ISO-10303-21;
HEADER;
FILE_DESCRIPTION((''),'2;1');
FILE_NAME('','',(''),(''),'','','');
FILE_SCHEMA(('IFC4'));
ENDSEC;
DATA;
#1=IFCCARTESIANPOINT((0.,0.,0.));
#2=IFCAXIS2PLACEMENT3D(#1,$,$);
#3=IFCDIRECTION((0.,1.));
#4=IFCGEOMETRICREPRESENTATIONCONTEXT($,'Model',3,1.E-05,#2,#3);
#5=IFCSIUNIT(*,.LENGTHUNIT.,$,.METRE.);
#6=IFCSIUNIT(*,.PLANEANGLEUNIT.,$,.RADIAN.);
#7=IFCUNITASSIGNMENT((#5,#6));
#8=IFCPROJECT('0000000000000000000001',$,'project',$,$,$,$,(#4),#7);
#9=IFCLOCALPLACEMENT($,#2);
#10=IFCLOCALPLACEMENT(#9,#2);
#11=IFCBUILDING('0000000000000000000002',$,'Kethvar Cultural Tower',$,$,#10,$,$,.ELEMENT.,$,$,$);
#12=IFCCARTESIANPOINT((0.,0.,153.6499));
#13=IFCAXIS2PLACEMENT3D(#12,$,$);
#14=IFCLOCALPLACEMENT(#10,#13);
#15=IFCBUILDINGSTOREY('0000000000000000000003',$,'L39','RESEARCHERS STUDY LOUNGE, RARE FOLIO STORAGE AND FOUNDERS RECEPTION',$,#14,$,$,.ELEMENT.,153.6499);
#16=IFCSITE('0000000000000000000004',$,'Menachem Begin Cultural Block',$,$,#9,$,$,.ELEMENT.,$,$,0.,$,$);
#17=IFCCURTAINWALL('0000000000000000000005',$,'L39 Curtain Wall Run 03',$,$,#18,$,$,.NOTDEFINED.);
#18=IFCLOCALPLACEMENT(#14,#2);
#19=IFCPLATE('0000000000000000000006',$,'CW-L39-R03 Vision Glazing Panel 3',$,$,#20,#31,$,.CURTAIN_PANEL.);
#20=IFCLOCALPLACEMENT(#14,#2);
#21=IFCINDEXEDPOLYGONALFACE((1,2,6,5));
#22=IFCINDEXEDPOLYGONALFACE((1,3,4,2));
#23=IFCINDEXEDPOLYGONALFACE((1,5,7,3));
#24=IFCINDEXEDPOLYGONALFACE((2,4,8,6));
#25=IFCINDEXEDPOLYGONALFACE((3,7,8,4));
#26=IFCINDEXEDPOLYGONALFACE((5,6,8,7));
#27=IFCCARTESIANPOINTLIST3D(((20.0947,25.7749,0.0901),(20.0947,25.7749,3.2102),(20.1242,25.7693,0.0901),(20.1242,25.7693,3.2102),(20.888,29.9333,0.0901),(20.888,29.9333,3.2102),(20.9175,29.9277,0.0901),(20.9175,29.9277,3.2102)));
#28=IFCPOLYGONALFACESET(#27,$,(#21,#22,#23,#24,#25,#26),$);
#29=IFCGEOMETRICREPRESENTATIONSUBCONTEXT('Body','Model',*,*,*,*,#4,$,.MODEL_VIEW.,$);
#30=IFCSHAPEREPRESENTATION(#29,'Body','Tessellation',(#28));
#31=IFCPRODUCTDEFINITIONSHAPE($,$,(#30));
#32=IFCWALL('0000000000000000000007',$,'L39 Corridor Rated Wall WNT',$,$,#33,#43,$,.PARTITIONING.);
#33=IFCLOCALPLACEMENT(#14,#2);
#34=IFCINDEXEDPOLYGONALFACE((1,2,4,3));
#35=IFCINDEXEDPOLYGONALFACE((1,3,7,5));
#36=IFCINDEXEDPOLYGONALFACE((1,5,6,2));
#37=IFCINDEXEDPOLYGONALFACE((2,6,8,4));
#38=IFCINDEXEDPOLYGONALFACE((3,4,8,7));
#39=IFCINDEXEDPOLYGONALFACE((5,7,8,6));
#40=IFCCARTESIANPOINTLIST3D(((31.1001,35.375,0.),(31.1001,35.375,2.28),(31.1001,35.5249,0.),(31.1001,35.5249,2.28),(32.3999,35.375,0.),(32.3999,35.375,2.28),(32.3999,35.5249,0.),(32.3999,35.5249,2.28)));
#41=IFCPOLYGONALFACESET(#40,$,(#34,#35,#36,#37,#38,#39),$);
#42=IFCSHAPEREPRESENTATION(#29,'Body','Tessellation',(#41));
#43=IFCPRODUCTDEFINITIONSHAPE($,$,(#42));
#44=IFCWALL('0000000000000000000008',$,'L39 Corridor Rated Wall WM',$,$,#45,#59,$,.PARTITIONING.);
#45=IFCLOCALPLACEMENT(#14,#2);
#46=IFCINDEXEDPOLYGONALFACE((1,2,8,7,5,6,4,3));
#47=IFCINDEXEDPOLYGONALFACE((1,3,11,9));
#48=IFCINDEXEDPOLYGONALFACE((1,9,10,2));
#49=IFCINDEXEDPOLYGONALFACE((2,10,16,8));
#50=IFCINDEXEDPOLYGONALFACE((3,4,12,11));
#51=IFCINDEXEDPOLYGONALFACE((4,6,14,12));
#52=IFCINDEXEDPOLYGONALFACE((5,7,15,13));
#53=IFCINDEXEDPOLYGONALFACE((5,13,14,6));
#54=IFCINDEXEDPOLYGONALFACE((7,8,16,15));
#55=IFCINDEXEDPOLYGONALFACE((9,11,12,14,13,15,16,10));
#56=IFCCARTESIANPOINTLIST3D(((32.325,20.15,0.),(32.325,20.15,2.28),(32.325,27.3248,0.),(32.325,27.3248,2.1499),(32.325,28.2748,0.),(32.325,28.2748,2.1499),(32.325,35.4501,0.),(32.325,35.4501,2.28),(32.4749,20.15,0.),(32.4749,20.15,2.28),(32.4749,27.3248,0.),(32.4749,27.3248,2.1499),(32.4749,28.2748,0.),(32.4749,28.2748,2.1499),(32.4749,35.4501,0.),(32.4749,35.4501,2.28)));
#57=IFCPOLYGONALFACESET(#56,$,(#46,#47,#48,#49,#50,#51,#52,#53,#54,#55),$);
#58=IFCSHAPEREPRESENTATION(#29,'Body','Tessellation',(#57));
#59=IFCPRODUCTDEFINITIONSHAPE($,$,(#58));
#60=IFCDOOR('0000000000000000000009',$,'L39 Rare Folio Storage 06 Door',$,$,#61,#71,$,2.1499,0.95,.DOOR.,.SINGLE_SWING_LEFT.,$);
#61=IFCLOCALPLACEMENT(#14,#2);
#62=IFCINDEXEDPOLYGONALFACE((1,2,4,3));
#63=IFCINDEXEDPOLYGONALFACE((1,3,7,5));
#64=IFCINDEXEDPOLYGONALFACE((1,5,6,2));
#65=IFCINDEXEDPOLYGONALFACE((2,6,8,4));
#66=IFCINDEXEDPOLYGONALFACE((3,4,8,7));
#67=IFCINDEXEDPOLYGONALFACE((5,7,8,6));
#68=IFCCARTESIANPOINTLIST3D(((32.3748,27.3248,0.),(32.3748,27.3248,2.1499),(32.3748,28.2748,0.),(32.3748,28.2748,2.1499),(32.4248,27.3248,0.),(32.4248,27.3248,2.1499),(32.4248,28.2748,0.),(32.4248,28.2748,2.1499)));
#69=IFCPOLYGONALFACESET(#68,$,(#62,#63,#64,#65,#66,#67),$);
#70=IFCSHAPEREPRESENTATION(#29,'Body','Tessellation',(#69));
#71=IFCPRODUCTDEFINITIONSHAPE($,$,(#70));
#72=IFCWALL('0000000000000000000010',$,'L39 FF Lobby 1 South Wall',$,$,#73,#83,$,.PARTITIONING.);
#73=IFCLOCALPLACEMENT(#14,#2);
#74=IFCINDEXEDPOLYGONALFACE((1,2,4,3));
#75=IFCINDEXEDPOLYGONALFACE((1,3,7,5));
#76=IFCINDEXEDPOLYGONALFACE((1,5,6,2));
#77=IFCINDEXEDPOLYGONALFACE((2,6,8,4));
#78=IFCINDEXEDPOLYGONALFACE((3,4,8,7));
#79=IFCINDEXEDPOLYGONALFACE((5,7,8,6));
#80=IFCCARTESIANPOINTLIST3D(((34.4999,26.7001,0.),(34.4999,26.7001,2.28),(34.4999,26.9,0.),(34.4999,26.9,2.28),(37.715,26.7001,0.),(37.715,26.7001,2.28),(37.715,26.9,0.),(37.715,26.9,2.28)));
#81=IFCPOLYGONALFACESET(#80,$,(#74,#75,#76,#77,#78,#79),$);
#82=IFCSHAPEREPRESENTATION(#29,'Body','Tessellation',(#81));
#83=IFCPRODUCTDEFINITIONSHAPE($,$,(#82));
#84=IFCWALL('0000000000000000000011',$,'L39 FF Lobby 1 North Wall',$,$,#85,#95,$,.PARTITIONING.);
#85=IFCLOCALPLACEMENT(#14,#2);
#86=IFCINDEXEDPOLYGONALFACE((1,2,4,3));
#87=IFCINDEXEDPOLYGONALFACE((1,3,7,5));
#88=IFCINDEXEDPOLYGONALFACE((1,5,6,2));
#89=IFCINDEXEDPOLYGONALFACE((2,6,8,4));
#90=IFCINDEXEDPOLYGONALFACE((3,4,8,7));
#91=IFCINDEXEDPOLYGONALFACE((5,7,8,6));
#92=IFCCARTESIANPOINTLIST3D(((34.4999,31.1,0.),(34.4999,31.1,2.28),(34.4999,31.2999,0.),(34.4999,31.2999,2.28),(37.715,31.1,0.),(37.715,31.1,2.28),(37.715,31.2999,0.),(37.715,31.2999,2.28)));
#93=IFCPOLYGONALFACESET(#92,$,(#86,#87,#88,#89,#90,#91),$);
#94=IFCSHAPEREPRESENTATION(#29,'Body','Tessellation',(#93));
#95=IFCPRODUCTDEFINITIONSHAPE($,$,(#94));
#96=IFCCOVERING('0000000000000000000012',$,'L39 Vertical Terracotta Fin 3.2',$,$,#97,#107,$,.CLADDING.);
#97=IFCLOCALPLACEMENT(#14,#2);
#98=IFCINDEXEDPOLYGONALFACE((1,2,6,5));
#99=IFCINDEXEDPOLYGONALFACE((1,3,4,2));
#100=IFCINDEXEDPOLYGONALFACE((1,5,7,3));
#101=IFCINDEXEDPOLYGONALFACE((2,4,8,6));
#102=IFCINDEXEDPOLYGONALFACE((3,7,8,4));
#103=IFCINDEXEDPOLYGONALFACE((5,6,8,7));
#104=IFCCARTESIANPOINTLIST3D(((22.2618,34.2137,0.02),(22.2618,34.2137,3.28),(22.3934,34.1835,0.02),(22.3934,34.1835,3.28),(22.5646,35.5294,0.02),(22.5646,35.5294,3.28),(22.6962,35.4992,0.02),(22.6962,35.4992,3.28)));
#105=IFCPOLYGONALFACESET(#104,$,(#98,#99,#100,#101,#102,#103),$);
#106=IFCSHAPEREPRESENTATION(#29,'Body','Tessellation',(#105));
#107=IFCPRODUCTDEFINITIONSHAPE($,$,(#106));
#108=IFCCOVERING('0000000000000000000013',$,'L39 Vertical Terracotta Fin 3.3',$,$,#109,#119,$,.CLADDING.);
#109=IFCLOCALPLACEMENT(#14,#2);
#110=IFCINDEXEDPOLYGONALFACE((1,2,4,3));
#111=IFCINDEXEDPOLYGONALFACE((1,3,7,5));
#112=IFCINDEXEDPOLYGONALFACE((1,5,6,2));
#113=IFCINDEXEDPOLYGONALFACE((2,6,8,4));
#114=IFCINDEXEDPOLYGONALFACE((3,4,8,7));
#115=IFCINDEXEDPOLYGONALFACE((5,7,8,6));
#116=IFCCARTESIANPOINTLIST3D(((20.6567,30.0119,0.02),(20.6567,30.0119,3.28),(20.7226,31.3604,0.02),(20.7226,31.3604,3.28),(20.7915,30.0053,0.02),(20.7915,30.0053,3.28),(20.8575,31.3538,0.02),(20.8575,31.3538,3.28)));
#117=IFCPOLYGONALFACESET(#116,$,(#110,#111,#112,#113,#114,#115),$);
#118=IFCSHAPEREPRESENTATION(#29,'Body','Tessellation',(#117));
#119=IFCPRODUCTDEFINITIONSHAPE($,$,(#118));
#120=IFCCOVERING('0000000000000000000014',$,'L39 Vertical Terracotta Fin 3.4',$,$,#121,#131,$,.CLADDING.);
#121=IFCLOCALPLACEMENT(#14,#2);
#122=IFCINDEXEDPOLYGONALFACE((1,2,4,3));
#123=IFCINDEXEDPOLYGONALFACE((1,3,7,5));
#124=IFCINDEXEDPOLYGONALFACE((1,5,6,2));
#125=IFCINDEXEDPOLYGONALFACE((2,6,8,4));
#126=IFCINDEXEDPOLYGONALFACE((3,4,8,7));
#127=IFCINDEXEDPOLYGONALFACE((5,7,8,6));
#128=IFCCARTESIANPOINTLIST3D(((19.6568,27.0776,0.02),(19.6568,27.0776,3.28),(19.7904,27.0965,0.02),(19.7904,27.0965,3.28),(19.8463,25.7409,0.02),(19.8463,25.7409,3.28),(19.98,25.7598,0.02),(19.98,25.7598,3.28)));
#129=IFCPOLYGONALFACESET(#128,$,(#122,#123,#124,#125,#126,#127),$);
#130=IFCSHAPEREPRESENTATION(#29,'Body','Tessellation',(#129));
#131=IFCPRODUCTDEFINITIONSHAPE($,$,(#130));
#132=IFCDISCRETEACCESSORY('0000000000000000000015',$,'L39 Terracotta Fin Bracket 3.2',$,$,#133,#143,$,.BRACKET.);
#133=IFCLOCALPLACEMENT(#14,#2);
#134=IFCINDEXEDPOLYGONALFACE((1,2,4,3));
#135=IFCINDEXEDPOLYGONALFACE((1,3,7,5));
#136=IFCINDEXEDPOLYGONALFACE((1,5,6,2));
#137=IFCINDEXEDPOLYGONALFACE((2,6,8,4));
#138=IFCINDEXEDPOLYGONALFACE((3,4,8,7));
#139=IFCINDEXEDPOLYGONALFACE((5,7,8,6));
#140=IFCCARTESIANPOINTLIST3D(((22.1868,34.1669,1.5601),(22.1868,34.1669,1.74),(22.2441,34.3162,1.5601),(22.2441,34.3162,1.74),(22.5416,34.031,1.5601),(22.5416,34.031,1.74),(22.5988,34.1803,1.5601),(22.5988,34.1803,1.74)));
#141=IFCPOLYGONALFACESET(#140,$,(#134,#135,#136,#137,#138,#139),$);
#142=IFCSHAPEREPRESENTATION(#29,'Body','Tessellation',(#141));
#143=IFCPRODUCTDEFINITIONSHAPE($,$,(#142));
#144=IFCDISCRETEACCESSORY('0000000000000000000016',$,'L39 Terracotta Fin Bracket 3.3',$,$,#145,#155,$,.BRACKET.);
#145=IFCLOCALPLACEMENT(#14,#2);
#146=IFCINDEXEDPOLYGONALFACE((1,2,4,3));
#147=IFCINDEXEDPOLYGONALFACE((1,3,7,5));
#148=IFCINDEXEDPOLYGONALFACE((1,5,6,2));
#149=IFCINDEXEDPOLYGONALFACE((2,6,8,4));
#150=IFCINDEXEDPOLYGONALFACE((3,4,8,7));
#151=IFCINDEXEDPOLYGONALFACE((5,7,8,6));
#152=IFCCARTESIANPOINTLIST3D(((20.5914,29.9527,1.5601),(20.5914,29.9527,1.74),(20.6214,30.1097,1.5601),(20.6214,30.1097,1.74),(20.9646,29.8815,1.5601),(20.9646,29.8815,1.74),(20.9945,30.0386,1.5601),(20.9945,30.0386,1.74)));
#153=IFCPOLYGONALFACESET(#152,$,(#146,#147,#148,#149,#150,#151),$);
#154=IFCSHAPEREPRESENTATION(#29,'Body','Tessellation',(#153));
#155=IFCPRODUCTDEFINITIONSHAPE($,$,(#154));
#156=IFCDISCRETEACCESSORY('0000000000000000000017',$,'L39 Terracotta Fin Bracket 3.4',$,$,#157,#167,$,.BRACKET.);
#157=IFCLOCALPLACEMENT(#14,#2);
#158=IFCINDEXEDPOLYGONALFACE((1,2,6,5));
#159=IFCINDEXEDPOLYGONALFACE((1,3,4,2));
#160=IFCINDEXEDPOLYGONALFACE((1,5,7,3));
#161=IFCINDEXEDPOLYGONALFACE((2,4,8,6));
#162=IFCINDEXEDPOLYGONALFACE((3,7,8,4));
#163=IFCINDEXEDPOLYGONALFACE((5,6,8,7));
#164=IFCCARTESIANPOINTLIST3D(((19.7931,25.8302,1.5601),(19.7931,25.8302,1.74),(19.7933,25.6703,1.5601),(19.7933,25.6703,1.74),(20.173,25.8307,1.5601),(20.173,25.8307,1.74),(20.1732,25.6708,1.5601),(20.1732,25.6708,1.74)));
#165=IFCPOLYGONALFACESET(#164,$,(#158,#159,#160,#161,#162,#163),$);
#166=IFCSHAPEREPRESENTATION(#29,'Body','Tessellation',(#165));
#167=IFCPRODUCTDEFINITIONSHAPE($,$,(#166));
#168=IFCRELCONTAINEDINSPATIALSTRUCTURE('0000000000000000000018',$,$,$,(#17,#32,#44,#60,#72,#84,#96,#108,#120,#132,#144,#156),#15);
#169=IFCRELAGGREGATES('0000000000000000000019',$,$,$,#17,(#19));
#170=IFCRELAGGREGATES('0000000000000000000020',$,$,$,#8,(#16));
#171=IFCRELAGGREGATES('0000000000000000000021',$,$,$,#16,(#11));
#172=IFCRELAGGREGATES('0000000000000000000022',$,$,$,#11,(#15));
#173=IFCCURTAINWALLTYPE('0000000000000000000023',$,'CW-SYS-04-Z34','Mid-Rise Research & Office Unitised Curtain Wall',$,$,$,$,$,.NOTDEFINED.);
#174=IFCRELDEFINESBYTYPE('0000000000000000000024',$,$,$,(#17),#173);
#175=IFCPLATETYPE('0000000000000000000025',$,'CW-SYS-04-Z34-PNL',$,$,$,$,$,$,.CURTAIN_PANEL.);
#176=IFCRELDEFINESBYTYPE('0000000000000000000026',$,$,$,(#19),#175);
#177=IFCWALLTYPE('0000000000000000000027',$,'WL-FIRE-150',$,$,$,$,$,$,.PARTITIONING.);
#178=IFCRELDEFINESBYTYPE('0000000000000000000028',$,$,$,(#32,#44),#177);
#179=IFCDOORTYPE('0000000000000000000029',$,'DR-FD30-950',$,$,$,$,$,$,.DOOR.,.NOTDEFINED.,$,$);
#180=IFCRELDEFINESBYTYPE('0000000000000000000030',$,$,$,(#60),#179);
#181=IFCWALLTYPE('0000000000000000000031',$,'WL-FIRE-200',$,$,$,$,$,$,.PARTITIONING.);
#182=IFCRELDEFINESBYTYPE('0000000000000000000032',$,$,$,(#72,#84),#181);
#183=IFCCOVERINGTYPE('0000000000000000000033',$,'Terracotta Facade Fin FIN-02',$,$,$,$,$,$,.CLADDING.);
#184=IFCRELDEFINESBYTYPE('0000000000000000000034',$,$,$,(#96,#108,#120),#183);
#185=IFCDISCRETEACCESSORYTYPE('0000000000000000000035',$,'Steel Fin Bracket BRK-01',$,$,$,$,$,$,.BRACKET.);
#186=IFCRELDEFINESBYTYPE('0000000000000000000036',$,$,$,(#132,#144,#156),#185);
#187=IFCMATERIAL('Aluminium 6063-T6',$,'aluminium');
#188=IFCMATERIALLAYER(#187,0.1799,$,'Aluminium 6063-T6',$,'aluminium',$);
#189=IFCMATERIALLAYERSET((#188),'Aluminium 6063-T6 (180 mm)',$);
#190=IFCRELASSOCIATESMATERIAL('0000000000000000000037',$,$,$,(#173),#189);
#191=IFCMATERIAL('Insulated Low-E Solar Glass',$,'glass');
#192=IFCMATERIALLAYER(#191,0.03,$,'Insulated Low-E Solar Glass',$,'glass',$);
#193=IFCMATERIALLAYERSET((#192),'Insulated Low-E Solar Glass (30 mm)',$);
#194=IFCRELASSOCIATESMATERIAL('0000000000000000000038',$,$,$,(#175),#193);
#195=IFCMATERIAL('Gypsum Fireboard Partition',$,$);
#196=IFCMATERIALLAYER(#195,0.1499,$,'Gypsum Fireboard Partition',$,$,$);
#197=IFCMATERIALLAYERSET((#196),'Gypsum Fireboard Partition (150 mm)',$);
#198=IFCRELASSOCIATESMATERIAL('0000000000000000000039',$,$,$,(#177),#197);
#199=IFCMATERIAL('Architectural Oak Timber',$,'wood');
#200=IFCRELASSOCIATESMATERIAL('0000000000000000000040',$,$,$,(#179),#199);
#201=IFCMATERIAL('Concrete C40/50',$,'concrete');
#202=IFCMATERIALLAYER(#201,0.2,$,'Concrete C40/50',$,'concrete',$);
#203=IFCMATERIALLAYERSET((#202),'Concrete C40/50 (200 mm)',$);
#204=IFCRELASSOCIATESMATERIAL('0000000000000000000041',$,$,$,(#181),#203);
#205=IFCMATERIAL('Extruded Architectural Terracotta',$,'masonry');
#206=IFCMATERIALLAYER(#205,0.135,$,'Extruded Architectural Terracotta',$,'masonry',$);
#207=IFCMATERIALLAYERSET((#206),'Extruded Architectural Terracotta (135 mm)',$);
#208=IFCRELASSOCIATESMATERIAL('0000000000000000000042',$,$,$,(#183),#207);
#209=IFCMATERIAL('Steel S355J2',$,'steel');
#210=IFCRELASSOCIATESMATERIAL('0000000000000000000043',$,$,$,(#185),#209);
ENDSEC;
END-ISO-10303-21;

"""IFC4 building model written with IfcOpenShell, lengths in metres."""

from ifc_helpers import new_model, si_unit, direction, frame, frame_2d, origin, origin_2d, place, context, subcontext, project, spatial, rectangle, extrude, source, transform, mapped, material, layer, layer_set, type_object, element, fill, aggregate, save


model = new_model("IFC4")

# Units and contexts
model_context = context("Model", 3, precision=1e-05, world=origin(), true_north=direction((0.0, 1.0)))
body_context = subcontext(model_context, "Body", "Model", "MODEL_VIEW")
ifc_project = project(units=[si_unit("LENGTHUNIT", "METRE"), si_unit("PLANEANGLEUNIT", "RADIAN")], contexts=[model_context])

# Site, building, storey
site_placement = place(None, origin())
site = spatial("IfcSite", under=ifc_project, at=site_placement, Name="Menachem Begin Cultural Block", CompositionType="ELEMENT", RefElevation=0.0)
building_placement = place(site_placement, origin())
building = spatial("IfcBuilding", under=site, at=building_placement, Name="Kethvar Cultural Tower", CompositionType="ELEMENT")
storey_placement = place(building_placement, frame((0.0, 0.0, 153.6499)))
storey = spatial("IfcBuildingStorey", under=building, at=storey_placement, Name="L39", Description="RESEARCHERS STUDY LOUNGE, RARE FOLIO STORAGE AND FOUNDERS RECEPTION", CompositionType="ELEMENT", Elevation=153.6499)

# Shared definitions
ifc_material_1 = material(Name="Steel S355J2", Category="steel")

# Curtain wall, plate
ifc_material_2 = material(Name="Aluminium 6063-T6", Category="aluminium")
ifc_layer_1 = layer(ifc_material_2, 0.1799, Name="Aluminium 6063-T6", Category="aluminium")
ifc_layer_set_1 = layer_set([ifc_layer_1], Name="Aluminium 6063-T6 (180 mm)")
curtain_wall_type = type_object("IfcCurtainWallType", Name="CW-SYS-04-Z34", Description="Mid-Rise Research & Office Unitised Curtain Wall", PredefinedType="NOTDEFINED", material=ifc_layer_set_1)
curtain_wall_placement = place(storey_placement, origin())
curtain_wall = element("IfcCurtainWall", 1, at=curtain_wall_placement, inside=storey, type_object=curtain_wall_type, Name="L39 Curtain Wall Run 03", PredefinedType="NOTDEFINED")
ifc_material_3 = material(Name="Insulated Low-E Solar Glass", Category="glass")
ifc_layer_2 = layer(ifc_material_3, 0.03, Name="Insulated Low-E Solar Glass", Category="glass")
ifc_layer_set_2 = layer_set([ifc_layer_2], Name="Insulated Low-E Solar Glass (30 mm)")
plate_type = type_object("IfcPlateType", Name="CW-SYS-04-Z34-PNL", PredefinedType="CURTAIN_PANEL", material=ifc_layer_set_2)
shared_shape_1 = source(origin(), body_context, "Body", "SweptSolid", [
    extrude(rectangle(XDim=4.2334, YDim=0.03, at=origin_2d()), origin(), (0.0, 0.0, 1.0), 3.1201),
])
plate_1_placement = place(storey_placement, frame((20.5061, 27.8513, 0.0901), z_axis=(0.0, 0.0, 1.0), x_axis=(-0.187398, -0.982284, 0.0)))
plate_1 = element("IfcPlate", 2, at=plate_1_placement, type_object=plate_type, Name="CW-L39-R03 Vision Glazing Panel 3", PredefinedType="CURTAIN_PANEL", context=body_context, shape_type="MappedRepresentation", body=[
    mapped(shared_shape_1, transform((0.0, 0.0, 0.0), scale=1.0)),
])
aggregate(curtain_wall, [plate_1])

# Wall
ifc_material_4 = material(Name="Gypsum Fireboard Partition")
ifc_layer_3 = layer(ifc_material_4, 0.1499, Name="Gypsum Fireboard Partition")
ifc_layer_set_3 = layer_set([ifc_layer_3], Name="Gypsum Fireboard Partition (150 mm)")
wall_type_1 = type_object("IfcWallType", Name="WL-FIRE-150", PredefinedType="PARTITIONING", material=ifc_layer_set_3)
wall_1_placement = place(storey_placement, frame((31.1001, 35.45, 0.0), z_axis=(0.0, 0.0, 1.0), x_axis=(1.0, 0.0, 0.0)))
element("IfcWall", 3, at=wall_1_placement, inside=storey, type_object=wall_type_1, Name="L39 Corridor Rated Wall WNT", PredefinedType="PARTITIONING", context=body_context, shape_type="SweptSolid", body=[
    extrude(rectangle(XDim=1.2998, YDim=0.1499, at=frame_2d((0.6499, 0.0))), origin(), (0.0, 0.0, 1.0), 2.28),
])

# Wall, opening, door
wall_2_placement = place(storey_placement, frame((32.3999, 35.45, 0.0), z_axis=(0.0, 0.0, 1.0), x_axis=(0.0, -1.0, 0.0)))
wall_2 = element("IfcWall", 4, at=wall_2_placement, inside=storey, type_object=wall_type_1, Name="L39 Corridor Rated Wall WM", PredefinedType="PARTITIONING", context=body_context, shape_type="SweptSolid", body=[
    extrude(rectangle(XDim=15.3, YDim=0.1499, at=frame_2d((7.6499, 0.0))), origin(), (0.0, 0.0, 1.0), 2.28),
])
opening_1_placement = place(wall_2_placement, frame((7.175, 0.0, 0.0)))
opening_1 = element("IfcOpeningElement", 5, at=opening_1_placement, cuts=wall_2, PredefinedType="OPENING", context=body_context, shape_type="SweptSolid", body=[
    extrude(rectangle(XDim=0.95, YDim=2.1499, at=frame_2d((0.4751, 1.075))), frame((0.0, 0.085, 0.0), z_axis=(0.0, -1.0, 0.0), x_axis=(1.0, 0.0, 0.0)), (0.0, 0.0, 1.0), 0.1699),
])
ifc_material_5 = material(Name="Architectural Oak Timber", Category="wood")
door_type_1 = type_object("IfcDoorType", Name="DR-FD30-950", OperationType="NOTDEFINED", PredefinedType="DOOR", material=ifc_material_5)
shared_shape_2 = source(origin(), body_context, "Body", "SweptSolid", [
    extrude(rectangle(XDim=0.95, YDim=2.1499, at=frame_2d((0.4751, 1.075))), frame((0.0, 0.0249, 0.0), z_axis=(0.0, -1.0, 0.0), x_axis=(1.0, 0.0, 0.0)), (0.0, 0.0, 1.0), 0.05),
])
door_1_placement = place(opening_1_placement, origin())
door_1 = element("IfcDoor", 6, at=door_1_placement, inside=storey, type_object=door_type_1, Name="L39 Rare Folio Storage 06 Door", OperationType="SINGLE_SWING_LEFT", OverallHeight=2.1499, OverallWidth=0.95, PredefinedType="DOOR", context=body_context, shape_type="MappedRepresentation", body=[
    mapped(shared_shape_2, transform((0.0, 0.0, 0.0), scale=1.0)),
])
fill(opening_1, door_1)
ifc_material_6 = material(Name="Concrete C40/50", Category="concrete")
ifc_layer_4 = layer(ifc_material_6, 0.2, Name="Concrete C40/50", Category="concrete")
ifc_layer_set_4 = layer_set([ifc_layer_4], Name="Concrete C40/50 (200 mm)")
wall_type_2 = type_object("IfcWallType", Name="WL-FIRE-200", PredefinedType="PARTITIONING", material=ifc_layer_set_4)

# Walls
for number, where, z_axis, x_axis, name in (
    (7, (34.5, 26.8, 0.0), (0.0, 0.0, 1.0), (1.0, 0.0, 0.0), "L39 FF Lobby 1 South Wall"),
    (8, (34.5, 31.2, 0.0), (0.0, 0.0, 1.0), (1.0, 0.0, 0.0), "L39 FF Lobby 1 North Wall"),
):
    element("IfcWall", number, at=place(storey_placement, frame(where, z_axis=z_axis, x_axis=x_axis)), inside=storey, type_object=wall_type_2, Name=name, PredefinedType="PARTITIONING", context=body_context, shape_type="SweptSolid", body=[
        extrude(rectangle(XDim=3.2151, YDim=0.2, at=frame_2d((1.6074, 0.0))), origin(), (0.0, 0.0, 1.0), 2.28),
    ])

# Coverings
ifc_material_7 = material(Name="Extruded Architectural Terracotta", Category="masonry")
ifc_layer_5 = layer(ifc_material_7, 0.135, Name="Extruded Architectural Terracotta", Category="masonry")
ifc_layer_set_5 = layer_set([ifc_layer_5], Name="Extruded Architectural Terracotta (135 mm)")
covering_type = type_object("IfcCoveringType", Name="Terracotta Facade Fin FIN-02", PredefinedType="CLADDING", material=ifc_layer_set_5)
shared_shape_3 = source(origin(), body_context, "Body", "SweptSolid", [
    extrude(rectangle(XDim=1.3501, YDim=0.135, at=origin_2d()), origin(), (0.0, 0.0, 1.0), 3.26),
])
for number, where, z_axis, x_axis, name in (
    (9, (22.479, 34.8564, 0.02), (0.0, 0.0, 1.0), (0.224271, 0.974527, 0.0), "L39 Vertical Terracotta Fin 3.2"),
    (10, (20.7571, 30.6829, 0.02), (0.0, 0.0, 1.0), (0.04885, 0.998806, 0.0), "L39 Vertical Terracotta Fin 3.3"),
    (11, (19.8184, 26.4187, 0.02), (0.0, 0.0, 1.0), (-0.140383, 0.990097, 0.0), "L39 Vertical Terracotta Fin 3.4"),
):
    element("IfcCovering", number, at=place(storey_placement, frame(where, z_axis=z_axis, x_axis=x_axis)), inside=storey, type_object=covering_type, Name=name, PredefinedType="CLADDING", context=body_context, shape_type="MappedRepresentation", body=[
        mapped(shared_shape_3, transform((0.0, 0.0, 0.0), scale=1.0)),
    ])

# Discrete accessories
discrete_accessory_type = type_object("IfcDiscreteAccessoryType", Name="Steel Fin Bracket BRK-01", PredefinedType="BRACKET", material=ifc_material_1)
shared_shape_4 = source(origin(), body_context, "Body", "SweptSolid", [
    extrude(rectangle(XDim=0.3799, YDim=0.1599, at=origin_2d()), origin(), (0.0, 0.0, 1.0), 0.1799),
])
for number, where, z_axis, x_axis, name in (
    (12, (22.3928, 34.1736, 1.5601), (0.0, 0.0, 1.0), (-0.93383, 0.357716, 0.0), "L39 Terracotta Fin Bracket 3.2"),
    (13, (20.793, 29.9956, 1.5601), (0.0, 0.0, 1.0), (-0.982287, 0.187381, 0.0), "L39 Terracotta Fin Bracket 3.3"),
    (14, (19.9832, 25.7505, 1.5601), (0.0, 0.0, 1.0), (-0.999999, -0.001222, 0.0), "L39 Terracotta Fin Bracket 3.4"),
):
    element("IfcDiscreteAccessory", number, at=place(storey_placement, frame(where, z_axis=z_axis, x_axis=x_axis)), inside=storey, type_object=discrete_accessory_type, Name=name, PredefinedType="BRACKET", context=body_context, shape_type="MappedRepresentation", body=[
        mapped(shared_shape_4, transform((0.0, 0.0, 0.0), scale=1.0)),
    ])

save(model, "model.ifc")
